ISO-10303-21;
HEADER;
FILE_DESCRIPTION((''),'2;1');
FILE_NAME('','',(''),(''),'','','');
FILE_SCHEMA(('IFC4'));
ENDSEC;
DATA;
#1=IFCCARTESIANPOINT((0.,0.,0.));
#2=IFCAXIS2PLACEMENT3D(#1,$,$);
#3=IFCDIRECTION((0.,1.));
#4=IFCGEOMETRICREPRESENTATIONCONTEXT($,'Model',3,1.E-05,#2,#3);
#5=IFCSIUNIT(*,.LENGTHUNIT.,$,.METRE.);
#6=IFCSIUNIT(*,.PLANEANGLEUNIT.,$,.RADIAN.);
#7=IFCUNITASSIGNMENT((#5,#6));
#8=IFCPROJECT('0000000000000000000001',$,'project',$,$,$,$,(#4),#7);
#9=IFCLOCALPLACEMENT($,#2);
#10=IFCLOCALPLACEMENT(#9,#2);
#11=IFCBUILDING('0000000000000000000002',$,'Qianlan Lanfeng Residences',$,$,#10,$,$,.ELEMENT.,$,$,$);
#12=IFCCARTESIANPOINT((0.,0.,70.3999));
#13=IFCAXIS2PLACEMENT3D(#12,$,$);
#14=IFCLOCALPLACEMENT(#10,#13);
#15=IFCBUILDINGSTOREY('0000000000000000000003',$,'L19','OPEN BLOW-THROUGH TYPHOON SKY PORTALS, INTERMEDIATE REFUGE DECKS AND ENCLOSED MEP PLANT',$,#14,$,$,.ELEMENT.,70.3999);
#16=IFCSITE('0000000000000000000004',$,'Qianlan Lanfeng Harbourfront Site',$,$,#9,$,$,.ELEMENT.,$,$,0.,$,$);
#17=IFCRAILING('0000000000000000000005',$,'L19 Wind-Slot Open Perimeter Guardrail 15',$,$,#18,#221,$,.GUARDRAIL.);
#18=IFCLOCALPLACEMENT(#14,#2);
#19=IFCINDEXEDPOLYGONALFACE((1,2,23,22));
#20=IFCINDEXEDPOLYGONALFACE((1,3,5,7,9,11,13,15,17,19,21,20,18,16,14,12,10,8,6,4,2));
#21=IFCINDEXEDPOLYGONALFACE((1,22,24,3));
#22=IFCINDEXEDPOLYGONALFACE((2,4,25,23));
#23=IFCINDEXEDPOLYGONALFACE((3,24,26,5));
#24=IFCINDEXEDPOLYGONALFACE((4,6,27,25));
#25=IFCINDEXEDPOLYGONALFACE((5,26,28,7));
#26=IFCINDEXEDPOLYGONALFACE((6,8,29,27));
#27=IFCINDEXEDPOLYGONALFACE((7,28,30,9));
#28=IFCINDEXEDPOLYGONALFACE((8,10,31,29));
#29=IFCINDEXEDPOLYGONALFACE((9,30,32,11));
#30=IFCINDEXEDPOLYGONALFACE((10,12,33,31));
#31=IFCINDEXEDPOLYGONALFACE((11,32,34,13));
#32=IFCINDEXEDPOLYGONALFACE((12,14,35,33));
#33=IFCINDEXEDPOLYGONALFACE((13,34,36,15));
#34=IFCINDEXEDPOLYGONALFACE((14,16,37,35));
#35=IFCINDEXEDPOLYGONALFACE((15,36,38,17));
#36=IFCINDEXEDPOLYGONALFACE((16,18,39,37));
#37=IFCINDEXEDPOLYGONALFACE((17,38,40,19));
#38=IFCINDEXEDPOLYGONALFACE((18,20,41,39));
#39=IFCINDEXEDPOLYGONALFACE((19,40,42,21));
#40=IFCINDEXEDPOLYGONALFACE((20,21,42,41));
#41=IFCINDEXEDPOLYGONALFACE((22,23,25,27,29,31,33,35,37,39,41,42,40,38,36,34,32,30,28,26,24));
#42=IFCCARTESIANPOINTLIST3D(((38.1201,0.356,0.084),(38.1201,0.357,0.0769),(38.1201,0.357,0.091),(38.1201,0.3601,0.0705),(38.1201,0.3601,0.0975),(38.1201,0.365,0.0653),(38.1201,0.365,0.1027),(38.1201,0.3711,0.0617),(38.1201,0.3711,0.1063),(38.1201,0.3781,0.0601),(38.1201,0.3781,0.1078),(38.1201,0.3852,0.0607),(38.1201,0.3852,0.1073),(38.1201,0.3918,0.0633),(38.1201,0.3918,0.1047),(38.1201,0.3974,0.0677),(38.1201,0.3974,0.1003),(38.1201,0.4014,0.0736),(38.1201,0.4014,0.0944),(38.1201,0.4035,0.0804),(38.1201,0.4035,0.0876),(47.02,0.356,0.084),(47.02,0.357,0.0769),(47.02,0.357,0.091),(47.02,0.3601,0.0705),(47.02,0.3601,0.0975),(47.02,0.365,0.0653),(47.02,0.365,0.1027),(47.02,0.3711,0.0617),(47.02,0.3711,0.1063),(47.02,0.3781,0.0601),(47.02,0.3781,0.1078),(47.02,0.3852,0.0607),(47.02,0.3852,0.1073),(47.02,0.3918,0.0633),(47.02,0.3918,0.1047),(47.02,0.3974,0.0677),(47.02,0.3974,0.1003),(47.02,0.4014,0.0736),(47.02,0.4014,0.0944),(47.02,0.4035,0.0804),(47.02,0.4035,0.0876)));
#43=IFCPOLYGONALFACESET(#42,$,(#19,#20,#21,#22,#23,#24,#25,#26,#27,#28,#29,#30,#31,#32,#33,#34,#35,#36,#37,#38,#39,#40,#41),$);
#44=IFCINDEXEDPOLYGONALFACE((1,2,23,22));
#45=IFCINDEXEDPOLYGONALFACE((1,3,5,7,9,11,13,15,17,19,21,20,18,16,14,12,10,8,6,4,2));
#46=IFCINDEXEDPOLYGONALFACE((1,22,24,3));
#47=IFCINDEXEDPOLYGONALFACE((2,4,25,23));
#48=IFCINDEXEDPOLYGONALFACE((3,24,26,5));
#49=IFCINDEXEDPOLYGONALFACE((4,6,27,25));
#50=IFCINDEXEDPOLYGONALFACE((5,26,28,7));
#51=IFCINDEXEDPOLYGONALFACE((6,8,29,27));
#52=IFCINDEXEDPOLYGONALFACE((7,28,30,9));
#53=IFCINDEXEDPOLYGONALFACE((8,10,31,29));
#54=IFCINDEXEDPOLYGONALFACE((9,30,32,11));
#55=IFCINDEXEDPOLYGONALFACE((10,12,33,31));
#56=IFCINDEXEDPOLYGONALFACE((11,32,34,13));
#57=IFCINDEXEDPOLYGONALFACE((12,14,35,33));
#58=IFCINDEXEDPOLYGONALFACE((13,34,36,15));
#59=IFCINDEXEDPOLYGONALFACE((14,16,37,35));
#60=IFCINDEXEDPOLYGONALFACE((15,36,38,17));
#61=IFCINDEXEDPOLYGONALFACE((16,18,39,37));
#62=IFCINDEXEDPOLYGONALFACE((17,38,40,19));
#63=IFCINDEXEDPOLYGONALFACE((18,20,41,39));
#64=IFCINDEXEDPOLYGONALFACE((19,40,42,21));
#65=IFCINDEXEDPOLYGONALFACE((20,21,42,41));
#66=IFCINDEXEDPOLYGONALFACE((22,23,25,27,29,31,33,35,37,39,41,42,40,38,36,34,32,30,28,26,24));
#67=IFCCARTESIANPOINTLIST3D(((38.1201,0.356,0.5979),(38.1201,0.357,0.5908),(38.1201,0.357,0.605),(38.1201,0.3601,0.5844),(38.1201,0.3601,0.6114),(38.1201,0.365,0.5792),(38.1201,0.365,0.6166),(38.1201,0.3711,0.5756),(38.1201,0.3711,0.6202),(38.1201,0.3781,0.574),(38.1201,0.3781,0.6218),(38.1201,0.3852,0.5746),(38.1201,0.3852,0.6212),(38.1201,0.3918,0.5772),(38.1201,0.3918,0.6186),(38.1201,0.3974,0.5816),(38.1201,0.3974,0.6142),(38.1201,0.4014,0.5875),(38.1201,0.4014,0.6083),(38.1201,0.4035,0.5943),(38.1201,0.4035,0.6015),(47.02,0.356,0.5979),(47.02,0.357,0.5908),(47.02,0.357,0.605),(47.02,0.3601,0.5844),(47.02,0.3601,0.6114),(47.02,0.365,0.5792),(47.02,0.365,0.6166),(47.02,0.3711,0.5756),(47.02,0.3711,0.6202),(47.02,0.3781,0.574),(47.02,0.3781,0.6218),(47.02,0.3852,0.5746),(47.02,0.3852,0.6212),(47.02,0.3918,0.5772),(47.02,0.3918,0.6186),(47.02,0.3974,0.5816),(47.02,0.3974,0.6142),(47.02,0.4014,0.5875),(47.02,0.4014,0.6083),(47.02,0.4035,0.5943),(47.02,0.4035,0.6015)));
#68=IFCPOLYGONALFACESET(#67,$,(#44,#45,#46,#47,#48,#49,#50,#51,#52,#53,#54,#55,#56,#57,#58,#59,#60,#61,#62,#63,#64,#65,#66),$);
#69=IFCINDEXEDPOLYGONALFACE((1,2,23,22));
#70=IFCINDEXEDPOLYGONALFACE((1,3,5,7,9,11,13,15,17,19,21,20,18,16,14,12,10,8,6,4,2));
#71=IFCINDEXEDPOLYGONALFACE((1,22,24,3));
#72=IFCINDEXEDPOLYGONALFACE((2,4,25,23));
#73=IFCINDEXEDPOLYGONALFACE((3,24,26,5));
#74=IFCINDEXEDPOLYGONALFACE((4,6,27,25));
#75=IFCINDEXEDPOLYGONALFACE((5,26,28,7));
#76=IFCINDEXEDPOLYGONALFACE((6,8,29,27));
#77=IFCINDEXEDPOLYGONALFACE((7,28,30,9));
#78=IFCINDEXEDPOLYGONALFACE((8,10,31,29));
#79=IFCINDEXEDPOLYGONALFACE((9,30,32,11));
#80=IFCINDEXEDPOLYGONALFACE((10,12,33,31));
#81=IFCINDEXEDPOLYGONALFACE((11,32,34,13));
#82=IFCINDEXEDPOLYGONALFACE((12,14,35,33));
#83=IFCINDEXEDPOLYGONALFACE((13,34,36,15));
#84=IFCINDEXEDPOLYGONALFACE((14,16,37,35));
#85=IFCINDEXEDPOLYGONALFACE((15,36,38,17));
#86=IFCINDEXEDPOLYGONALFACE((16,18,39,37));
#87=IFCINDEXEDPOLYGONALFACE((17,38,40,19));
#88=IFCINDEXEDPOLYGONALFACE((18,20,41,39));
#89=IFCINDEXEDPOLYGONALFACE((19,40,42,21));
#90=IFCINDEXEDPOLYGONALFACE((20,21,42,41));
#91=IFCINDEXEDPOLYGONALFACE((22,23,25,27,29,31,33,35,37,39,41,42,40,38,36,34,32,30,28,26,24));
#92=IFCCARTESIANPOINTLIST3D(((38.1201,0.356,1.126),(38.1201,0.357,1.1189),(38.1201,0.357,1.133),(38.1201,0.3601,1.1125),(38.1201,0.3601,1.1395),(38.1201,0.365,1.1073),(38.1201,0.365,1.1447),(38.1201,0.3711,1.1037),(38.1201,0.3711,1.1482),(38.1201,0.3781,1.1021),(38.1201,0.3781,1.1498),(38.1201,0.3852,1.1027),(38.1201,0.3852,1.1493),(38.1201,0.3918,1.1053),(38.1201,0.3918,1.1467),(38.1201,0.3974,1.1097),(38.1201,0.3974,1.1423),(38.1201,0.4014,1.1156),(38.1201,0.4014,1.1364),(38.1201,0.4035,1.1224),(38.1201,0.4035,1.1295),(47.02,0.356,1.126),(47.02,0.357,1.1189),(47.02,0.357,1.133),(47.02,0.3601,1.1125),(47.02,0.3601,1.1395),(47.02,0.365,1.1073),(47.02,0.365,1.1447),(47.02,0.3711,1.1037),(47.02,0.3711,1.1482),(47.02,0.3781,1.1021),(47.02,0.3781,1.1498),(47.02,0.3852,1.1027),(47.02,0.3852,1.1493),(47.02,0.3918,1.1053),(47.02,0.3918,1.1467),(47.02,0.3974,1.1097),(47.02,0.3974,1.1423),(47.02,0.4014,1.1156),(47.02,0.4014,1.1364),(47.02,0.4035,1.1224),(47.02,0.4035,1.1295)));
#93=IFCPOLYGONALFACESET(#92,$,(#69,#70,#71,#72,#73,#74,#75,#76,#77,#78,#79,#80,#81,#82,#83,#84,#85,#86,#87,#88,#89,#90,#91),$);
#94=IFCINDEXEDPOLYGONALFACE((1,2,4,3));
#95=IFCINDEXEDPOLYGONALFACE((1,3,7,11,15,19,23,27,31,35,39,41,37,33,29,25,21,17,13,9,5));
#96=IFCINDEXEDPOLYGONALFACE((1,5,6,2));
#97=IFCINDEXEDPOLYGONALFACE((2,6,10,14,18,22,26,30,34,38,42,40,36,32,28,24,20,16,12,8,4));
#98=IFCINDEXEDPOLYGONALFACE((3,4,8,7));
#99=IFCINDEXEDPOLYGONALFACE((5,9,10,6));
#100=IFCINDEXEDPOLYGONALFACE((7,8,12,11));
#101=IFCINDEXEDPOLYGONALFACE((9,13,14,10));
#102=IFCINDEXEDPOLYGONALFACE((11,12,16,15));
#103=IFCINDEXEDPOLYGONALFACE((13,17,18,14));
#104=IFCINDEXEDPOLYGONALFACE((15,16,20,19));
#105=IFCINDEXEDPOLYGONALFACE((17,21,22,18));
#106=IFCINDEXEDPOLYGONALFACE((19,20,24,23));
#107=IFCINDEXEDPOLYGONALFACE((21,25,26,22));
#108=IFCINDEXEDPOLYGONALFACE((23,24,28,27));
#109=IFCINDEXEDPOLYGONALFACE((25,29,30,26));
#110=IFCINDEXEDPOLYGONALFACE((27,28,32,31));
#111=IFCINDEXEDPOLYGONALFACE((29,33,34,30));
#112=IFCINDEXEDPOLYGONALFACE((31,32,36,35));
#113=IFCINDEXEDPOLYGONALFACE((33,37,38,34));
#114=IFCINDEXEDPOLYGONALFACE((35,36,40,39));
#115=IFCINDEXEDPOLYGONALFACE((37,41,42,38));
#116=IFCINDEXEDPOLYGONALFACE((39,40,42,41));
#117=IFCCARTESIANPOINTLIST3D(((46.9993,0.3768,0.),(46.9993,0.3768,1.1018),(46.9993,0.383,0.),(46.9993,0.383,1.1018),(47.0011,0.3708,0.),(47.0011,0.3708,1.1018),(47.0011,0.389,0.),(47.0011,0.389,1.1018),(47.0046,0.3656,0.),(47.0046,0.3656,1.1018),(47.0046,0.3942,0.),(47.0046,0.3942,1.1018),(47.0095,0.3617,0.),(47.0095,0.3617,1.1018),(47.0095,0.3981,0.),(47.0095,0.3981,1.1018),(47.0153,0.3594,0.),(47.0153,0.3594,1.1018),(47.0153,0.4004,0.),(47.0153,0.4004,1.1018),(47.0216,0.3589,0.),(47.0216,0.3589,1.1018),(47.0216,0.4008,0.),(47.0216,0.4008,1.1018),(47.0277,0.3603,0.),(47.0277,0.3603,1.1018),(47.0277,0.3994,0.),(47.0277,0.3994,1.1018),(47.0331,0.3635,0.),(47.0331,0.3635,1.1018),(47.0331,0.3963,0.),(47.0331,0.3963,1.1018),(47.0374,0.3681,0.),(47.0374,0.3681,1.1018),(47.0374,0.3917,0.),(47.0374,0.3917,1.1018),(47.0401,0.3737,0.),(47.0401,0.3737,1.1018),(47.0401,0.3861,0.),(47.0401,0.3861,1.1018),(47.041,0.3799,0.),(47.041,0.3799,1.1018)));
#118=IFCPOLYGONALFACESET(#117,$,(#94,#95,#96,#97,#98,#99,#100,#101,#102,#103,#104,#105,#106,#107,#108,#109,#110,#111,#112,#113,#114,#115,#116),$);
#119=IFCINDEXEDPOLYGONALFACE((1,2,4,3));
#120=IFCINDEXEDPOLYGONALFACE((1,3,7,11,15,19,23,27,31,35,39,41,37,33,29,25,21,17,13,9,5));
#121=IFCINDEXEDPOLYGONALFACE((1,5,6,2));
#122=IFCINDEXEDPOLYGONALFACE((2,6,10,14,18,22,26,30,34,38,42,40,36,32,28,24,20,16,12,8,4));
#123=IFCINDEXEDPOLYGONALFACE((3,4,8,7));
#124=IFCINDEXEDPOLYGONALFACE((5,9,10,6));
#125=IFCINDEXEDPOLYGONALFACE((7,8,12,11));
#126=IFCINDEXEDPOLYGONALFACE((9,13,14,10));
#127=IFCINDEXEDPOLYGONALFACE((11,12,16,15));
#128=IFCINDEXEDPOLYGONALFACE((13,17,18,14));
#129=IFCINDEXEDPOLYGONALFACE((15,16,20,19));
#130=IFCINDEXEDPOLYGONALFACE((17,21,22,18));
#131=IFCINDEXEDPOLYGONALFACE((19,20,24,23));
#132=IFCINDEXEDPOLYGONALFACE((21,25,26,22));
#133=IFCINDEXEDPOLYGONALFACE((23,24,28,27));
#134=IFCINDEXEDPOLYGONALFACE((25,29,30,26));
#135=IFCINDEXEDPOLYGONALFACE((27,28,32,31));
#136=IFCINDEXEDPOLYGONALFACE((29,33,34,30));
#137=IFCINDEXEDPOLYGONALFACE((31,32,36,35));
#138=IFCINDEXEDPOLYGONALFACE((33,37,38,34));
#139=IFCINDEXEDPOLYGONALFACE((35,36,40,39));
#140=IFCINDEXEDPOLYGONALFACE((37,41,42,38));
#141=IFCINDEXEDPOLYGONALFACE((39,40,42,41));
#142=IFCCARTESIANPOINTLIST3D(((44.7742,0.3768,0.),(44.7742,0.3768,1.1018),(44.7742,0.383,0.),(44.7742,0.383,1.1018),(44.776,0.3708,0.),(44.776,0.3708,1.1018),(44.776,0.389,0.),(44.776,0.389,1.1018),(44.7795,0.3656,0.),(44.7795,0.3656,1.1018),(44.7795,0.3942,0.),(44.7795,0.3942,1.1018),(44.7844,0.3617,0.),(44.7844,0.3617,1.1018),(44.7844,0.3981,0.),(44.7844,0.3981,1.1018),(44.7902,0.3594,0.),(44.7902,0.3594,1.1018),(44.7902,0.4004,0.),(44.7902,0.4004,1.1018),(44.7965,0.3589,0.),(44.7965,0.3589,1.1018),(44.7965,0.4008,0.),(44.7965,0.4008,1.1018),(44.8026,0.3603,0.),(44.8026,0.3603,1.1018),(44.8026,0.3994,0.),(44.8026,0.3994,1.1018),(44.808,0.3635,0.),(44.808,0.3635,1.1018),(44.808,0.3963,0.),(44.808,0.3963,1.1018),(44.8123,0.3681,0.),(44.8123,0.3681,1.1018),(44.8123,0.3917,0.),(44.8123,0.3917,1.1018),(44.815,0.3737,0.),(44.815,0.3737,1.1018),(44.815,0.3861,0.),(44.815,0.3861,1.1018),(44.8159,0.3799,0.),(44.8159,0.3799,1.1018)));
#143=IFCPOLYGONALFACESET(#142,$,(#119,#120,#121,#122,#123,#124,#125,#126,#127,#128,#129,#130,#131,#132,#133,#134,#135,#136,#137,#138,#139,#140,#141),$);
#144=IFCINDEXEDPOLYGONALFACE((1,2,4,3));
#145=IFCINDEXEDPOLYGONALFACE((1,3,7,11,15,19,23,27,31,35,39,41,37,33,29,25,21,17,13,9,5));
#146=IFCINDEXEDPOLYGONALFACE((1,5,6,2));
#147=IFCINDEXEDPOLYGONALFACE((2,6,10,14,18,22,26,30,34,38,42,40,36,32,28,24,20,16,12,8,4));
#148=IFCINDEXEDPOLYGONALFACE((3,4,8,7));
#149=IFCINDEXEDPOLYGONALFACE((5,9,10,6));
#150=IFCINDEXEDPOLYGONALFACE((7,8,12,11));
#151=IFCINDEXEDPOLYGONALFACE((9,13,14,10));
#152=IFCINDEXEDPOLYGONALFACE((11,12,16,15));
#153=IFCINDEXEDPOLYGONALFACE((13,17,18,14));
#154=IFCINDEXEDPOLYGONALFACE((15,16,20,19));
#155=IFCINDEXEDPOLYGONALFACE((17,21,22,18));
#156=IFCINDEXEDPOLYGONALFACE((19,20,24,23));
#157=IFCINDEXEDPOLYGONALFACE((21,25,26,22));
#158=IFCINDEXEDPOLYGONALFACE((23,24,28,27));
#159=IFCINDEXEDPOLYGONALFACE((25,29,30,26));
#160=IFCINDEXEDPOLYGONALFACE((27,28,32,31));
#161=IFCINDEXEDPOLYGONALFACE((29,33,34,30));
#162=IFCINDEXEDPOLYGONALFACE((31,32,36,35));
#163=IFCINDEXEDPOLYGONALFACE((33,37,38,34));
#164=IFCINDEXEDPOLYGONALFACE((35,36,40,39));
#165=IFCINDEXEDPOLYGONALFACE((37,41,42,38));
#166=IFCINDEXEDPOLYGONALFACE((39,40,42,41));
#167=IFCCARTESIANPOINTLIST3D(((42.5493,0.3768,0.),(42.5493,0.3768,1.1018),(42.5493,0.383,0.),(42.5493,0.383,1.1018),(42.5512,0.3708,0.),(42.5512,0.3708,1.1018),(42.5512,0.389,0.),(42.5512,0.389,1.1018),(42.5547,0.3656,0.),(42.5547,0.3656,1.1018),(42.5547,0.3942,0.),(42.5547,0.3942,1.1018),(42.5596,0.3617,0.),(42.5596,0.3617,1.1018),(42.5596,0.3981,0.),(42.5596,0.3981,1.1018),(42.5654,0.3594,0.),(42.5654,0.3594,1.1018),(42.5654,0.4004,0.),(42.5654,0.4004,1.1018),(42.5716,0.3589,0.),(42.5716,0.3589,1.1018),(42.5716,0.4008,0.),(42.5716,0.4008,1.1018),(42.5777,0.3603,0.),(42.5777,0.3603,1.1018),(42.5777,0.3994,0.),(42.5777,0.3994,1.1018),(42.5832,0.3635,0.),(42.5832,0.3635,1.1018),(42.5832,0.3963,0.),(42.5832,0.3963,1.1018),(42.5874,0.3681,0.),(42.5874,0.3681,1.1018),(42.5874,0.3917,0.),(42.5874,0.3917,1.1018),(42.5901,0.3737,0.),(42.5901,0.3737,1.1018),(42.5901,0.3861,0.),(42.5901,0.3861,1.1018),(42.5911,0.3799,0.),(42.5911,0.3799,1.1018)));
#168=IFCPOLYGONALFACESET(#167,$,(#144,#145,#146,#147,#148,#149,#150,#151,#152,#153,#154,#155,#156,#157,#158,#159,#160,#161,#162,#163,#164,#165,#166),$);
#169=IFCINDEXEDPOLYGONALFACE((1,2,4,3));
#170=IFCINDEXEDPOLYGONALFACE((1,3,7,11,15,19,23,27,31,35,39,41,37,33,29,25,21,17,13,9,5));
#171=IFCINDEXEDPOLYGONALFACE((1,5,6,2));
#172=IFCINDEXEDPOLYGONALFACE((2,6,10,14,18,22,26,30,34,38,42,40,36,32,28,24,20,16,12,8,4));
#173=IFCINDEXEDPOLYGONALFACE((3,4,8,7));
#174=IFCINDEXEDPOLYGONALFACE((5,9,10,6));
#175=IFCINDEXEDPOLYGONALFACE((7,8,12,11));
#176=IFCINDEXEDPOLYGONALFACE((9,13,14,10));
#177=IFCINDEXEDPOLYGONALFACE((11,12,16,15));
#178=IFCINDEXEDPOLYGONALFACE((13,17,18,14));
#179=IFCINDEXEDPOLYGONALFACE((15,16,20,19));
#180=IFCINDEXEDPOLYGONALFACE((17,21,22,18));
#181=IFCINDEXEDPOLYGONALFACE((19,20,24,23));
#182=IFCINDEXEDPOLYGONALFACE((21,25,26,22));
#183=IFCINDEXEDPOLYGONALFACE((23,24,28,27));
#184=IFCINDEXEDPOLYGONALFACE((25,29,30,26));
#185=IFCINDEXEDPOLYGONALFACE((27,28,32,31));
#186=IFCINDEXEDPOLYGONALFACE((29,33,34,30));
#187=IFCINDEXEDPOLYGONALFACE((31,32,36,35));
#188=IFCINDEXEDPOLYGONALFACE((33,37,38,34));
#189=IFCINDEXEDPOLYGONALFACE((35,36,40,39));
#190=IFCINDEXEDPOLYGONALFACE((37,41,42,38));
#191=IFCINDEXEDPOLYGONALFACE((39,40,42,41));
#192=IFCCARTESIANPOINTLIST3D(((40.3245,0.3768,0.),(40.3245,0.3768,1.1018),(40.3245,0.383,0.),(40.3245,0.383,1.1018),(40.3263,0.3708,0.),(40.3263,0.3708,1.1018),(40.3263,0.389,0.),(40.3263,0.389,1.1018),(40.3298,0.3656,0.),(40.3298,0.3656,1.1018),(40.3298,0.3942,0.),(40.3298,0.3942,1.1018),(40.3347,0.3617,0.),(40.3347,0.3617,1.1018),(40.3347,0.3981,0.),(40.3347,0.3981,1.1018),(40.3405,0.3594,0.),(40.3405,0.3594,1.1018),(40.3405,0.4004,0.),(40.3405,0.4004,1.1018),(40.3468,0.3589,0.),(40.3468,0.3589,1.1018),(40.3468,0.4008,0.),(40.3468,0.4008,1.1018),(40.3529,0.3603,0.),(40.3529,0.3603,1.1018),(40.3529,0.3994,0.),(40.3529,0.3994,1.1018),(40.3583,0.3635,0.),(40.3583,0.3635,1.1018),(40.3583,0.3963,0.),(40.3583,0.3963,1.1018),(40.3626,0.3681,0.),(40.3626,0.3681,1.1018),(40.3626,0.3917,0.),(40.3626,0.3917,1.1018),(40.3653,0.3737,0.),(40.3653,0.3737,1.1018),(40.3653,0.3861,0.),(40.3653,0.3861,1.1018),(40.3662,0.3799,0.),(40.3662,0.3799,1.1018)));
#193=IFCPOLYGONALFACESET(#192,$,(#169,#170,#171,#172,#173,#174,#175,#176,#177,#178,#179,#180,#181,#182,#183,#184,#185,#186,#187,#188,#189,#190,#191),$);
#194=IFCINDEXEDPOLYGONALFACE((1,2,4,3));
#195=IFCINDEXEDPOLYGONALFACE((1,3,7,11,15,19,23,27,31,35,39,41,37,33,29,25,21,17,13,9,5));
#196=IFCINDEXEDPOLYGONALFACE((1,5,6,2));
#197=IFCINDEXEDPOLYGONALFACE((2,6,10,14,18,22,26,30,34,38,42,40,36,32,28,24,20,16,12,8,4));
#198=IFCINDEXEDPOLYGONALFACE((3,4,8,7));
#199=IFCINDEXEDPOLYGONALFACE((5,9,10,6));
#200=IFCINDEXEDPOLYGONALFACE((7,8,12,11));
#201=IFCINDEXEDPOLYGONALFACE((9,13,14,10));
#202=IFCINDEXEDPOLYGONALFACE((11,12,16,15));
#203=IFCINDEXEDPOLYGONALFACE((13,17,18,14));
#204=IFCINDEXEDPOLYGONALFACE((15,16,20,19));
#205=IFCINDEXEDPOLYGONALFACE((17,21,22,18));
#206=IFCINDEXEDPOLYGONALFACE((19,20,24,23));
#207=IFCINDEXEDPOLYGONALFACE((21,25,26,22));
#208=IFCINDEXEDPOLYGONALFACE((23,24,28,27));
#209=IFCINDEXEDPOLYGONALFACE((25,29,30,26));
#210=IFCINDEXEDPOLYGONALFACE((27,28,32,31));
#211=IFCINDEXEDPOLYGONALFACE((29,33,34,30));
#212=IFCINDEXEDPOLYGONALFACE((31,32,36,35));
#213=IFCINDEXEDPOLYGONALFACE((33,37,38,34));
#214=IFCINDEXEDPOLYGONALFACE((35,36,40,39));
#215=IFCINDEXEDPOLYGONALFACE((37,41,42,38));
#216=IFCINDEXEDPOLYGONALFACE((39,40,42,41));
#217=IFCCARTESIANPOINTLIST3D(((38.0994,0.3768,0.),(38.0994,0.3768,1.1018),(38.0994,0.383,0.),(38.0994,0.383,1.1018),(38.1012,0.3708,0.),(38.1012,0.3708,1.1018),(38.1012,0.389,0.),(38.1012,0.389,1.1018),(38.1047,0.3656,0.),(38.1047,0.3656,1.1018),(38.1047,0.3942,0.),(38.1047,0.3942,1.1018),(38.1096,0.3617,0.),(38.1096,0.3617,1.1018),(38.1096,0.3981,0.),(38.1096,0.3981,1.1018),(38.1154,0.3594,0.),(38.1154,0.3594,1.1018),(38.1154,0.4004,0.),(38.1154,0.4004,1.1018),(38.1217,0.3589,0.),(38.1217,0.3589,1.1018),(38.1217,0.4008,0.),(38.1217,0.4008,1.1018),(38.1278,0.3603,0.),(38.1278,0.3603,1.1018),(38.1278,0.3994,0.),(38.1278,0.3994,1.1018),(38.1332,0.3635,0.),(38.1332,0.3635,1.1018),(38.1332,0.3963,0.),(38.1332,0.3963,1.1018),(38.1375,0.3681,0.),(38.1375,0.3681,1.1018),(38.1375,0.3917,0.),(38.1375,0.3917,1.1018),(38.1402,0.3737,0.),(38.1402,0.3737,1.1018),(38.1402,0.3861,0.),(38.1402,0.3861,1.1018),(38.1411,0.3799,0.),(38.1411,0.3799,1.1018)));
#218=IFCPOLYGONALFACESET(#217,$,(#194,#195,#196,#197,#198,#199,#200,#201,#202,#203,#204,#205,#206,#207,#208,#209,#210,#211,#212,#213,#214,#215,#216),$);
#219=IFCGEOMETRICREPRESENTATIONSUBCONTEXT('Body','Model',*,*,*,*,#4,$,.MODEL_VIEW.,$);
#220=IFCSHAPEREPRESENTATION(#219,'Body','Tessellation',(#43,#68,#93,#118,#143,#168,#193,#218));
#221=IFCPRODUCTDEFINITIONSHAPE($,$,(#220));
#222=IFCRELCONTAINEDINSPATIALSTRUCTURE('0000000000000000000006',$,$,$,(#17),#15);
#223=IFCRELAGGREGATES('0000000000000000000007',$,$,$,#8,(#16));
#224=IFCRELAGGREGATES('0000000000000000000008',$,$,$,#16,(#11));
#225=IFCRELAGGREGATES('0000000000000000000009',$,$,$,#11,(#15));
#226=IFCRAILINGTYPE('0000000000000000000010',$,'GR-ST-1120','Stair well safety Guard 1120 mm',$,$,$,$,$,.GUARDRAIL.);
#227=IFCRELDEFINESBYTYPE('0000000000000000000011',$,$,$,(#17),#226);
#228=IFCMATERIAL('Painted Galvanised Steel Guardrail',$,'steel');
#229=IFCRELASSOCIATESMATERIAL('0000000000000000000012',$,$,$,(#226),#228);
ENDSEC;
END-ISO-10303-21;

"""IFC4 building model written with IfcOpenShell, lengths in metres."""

from ifc_helpers import new_model, si_unit, direction, frame, origin, origin_2d, place, context, subcontext, project, spatial, circle, extrude, material, type_object, element, save


model = new_model("IFC4")

# Units and contexts
model_context = context("Model", 3, precision=1e-05, world=origin(), true_north=direction((0.0, 1.0)))
body_context = subcontext(model_context, "Body", "Model", "MODEL_VIEW")
ifc_project = project(units=[si_unit("LENGTHUNIT", "METRE"), si_unit("PLANEANGLEUNIT", "RADIAN")], contexts=[model_context])

# Site, building, storey
site_placement = place(None, origin())
site = spatial("IfcSite", under=ifc_project, at=site_placement, Name="Qianlan Lanfeng Harbourfront Site", CompositionType="ELEMENT", RefElevation=0.0)
building_placement = place(site_placement, origin())
building = spatial("IfcBuilding", under=site, at=building_placement, Name="Qianlan Lanfeng Residences", CompositionType="ELEMENT")
storey_placement = place(building_placement, frame((0.0, 0.0, 70.3999)))
storey = spatial("IfcBuildingStorey", under=building, at=storey_placement, Name="L19", Description="OPEN BLOW-THROUGH TYPHOON SKY PORTALS, INTERMEDIATE REFUGE DECKS AND ENCLOSED MEP PLANT", CompositionType="ELEMENT", Elevation=70.3999)

# Railing
ifc_material_1 = material(Name="Painted Galvanised Steel Guardrail", Category="steel")
railing_type = type_object("IfcRailingType", Name="GR-ST-1120", Description="Stair well safety Guard 1120 mm", PredefinedType="GUARDRAIL", material=ifc_material_1)
railing_1_placement = place(storey_placement, frame((47.02, 0.3799, 0.0)))
element("IfcRailing", 1, at=railing_1_placement, inside=storey, type_object=railing_type, Name="L19 Wind-Slot Open Perimeter Guardrail 15", PredefinedType="GUARDRAIL", context=body_context, shape_type="SweptSolid", body=[
    extrude(circle(Radius=0.0239, at=origin_2d()), frame((0.0, 0.0, 0.084), z_axis=(-1.0, 0.0, 0.0), x_axis=(0.0, -1.0, 0.0)), (0.0, 0.0, 1.0), 8.8999),
    extrude(circle(Radius=0.0239, at=origin_2d()), frame((0.0, 0.0, 0.5979), z_axis=(-1.0, 0.0, 0.0), x_axis=(0.0, -1.0, 0.0)), (0.0, 0.0, 1.0), 8.8999),
    extrude(circle(Radius=0.0239, at=origin_2d()), frame((0.0, 0.0, 1.126), z_axis=(-1.0, 0.0, 0.0), x_axis=(0.0, -1.0, 0.0)), (0.0, 0.0, 1.0), 8.8999),
    extrude(circle(Radius=0.021, at=origin_2d()), origin(), (0.0, 0.0, 1.0), 1.1018),
    extrude(circle(Radius=0.021, at=origin_2d()), frame((-2.2251, 0.0, 0.0)), (0.0, 0.0, 1.0), 1.1018),
    extrude(circle(Radius=0.021, at=origin_2d()), frame((-4.45, 0.0, 0.0)), (0.0, 0.0, 1.0), 1.1018),
    extrude(circle(Radius=0.021, at=origin_2d()), frame((-6.6748, 0.0, 0.0)), (0.0, 0.0, 1.0), 1.1018),
    extrude(circle(Radius=0.021, at=origin_2d()), frame((-8.8999, 0.0, 0.0)), (0.0, 0.0, 1.0), 1.1018),
])

save(model, "model.ifc")
